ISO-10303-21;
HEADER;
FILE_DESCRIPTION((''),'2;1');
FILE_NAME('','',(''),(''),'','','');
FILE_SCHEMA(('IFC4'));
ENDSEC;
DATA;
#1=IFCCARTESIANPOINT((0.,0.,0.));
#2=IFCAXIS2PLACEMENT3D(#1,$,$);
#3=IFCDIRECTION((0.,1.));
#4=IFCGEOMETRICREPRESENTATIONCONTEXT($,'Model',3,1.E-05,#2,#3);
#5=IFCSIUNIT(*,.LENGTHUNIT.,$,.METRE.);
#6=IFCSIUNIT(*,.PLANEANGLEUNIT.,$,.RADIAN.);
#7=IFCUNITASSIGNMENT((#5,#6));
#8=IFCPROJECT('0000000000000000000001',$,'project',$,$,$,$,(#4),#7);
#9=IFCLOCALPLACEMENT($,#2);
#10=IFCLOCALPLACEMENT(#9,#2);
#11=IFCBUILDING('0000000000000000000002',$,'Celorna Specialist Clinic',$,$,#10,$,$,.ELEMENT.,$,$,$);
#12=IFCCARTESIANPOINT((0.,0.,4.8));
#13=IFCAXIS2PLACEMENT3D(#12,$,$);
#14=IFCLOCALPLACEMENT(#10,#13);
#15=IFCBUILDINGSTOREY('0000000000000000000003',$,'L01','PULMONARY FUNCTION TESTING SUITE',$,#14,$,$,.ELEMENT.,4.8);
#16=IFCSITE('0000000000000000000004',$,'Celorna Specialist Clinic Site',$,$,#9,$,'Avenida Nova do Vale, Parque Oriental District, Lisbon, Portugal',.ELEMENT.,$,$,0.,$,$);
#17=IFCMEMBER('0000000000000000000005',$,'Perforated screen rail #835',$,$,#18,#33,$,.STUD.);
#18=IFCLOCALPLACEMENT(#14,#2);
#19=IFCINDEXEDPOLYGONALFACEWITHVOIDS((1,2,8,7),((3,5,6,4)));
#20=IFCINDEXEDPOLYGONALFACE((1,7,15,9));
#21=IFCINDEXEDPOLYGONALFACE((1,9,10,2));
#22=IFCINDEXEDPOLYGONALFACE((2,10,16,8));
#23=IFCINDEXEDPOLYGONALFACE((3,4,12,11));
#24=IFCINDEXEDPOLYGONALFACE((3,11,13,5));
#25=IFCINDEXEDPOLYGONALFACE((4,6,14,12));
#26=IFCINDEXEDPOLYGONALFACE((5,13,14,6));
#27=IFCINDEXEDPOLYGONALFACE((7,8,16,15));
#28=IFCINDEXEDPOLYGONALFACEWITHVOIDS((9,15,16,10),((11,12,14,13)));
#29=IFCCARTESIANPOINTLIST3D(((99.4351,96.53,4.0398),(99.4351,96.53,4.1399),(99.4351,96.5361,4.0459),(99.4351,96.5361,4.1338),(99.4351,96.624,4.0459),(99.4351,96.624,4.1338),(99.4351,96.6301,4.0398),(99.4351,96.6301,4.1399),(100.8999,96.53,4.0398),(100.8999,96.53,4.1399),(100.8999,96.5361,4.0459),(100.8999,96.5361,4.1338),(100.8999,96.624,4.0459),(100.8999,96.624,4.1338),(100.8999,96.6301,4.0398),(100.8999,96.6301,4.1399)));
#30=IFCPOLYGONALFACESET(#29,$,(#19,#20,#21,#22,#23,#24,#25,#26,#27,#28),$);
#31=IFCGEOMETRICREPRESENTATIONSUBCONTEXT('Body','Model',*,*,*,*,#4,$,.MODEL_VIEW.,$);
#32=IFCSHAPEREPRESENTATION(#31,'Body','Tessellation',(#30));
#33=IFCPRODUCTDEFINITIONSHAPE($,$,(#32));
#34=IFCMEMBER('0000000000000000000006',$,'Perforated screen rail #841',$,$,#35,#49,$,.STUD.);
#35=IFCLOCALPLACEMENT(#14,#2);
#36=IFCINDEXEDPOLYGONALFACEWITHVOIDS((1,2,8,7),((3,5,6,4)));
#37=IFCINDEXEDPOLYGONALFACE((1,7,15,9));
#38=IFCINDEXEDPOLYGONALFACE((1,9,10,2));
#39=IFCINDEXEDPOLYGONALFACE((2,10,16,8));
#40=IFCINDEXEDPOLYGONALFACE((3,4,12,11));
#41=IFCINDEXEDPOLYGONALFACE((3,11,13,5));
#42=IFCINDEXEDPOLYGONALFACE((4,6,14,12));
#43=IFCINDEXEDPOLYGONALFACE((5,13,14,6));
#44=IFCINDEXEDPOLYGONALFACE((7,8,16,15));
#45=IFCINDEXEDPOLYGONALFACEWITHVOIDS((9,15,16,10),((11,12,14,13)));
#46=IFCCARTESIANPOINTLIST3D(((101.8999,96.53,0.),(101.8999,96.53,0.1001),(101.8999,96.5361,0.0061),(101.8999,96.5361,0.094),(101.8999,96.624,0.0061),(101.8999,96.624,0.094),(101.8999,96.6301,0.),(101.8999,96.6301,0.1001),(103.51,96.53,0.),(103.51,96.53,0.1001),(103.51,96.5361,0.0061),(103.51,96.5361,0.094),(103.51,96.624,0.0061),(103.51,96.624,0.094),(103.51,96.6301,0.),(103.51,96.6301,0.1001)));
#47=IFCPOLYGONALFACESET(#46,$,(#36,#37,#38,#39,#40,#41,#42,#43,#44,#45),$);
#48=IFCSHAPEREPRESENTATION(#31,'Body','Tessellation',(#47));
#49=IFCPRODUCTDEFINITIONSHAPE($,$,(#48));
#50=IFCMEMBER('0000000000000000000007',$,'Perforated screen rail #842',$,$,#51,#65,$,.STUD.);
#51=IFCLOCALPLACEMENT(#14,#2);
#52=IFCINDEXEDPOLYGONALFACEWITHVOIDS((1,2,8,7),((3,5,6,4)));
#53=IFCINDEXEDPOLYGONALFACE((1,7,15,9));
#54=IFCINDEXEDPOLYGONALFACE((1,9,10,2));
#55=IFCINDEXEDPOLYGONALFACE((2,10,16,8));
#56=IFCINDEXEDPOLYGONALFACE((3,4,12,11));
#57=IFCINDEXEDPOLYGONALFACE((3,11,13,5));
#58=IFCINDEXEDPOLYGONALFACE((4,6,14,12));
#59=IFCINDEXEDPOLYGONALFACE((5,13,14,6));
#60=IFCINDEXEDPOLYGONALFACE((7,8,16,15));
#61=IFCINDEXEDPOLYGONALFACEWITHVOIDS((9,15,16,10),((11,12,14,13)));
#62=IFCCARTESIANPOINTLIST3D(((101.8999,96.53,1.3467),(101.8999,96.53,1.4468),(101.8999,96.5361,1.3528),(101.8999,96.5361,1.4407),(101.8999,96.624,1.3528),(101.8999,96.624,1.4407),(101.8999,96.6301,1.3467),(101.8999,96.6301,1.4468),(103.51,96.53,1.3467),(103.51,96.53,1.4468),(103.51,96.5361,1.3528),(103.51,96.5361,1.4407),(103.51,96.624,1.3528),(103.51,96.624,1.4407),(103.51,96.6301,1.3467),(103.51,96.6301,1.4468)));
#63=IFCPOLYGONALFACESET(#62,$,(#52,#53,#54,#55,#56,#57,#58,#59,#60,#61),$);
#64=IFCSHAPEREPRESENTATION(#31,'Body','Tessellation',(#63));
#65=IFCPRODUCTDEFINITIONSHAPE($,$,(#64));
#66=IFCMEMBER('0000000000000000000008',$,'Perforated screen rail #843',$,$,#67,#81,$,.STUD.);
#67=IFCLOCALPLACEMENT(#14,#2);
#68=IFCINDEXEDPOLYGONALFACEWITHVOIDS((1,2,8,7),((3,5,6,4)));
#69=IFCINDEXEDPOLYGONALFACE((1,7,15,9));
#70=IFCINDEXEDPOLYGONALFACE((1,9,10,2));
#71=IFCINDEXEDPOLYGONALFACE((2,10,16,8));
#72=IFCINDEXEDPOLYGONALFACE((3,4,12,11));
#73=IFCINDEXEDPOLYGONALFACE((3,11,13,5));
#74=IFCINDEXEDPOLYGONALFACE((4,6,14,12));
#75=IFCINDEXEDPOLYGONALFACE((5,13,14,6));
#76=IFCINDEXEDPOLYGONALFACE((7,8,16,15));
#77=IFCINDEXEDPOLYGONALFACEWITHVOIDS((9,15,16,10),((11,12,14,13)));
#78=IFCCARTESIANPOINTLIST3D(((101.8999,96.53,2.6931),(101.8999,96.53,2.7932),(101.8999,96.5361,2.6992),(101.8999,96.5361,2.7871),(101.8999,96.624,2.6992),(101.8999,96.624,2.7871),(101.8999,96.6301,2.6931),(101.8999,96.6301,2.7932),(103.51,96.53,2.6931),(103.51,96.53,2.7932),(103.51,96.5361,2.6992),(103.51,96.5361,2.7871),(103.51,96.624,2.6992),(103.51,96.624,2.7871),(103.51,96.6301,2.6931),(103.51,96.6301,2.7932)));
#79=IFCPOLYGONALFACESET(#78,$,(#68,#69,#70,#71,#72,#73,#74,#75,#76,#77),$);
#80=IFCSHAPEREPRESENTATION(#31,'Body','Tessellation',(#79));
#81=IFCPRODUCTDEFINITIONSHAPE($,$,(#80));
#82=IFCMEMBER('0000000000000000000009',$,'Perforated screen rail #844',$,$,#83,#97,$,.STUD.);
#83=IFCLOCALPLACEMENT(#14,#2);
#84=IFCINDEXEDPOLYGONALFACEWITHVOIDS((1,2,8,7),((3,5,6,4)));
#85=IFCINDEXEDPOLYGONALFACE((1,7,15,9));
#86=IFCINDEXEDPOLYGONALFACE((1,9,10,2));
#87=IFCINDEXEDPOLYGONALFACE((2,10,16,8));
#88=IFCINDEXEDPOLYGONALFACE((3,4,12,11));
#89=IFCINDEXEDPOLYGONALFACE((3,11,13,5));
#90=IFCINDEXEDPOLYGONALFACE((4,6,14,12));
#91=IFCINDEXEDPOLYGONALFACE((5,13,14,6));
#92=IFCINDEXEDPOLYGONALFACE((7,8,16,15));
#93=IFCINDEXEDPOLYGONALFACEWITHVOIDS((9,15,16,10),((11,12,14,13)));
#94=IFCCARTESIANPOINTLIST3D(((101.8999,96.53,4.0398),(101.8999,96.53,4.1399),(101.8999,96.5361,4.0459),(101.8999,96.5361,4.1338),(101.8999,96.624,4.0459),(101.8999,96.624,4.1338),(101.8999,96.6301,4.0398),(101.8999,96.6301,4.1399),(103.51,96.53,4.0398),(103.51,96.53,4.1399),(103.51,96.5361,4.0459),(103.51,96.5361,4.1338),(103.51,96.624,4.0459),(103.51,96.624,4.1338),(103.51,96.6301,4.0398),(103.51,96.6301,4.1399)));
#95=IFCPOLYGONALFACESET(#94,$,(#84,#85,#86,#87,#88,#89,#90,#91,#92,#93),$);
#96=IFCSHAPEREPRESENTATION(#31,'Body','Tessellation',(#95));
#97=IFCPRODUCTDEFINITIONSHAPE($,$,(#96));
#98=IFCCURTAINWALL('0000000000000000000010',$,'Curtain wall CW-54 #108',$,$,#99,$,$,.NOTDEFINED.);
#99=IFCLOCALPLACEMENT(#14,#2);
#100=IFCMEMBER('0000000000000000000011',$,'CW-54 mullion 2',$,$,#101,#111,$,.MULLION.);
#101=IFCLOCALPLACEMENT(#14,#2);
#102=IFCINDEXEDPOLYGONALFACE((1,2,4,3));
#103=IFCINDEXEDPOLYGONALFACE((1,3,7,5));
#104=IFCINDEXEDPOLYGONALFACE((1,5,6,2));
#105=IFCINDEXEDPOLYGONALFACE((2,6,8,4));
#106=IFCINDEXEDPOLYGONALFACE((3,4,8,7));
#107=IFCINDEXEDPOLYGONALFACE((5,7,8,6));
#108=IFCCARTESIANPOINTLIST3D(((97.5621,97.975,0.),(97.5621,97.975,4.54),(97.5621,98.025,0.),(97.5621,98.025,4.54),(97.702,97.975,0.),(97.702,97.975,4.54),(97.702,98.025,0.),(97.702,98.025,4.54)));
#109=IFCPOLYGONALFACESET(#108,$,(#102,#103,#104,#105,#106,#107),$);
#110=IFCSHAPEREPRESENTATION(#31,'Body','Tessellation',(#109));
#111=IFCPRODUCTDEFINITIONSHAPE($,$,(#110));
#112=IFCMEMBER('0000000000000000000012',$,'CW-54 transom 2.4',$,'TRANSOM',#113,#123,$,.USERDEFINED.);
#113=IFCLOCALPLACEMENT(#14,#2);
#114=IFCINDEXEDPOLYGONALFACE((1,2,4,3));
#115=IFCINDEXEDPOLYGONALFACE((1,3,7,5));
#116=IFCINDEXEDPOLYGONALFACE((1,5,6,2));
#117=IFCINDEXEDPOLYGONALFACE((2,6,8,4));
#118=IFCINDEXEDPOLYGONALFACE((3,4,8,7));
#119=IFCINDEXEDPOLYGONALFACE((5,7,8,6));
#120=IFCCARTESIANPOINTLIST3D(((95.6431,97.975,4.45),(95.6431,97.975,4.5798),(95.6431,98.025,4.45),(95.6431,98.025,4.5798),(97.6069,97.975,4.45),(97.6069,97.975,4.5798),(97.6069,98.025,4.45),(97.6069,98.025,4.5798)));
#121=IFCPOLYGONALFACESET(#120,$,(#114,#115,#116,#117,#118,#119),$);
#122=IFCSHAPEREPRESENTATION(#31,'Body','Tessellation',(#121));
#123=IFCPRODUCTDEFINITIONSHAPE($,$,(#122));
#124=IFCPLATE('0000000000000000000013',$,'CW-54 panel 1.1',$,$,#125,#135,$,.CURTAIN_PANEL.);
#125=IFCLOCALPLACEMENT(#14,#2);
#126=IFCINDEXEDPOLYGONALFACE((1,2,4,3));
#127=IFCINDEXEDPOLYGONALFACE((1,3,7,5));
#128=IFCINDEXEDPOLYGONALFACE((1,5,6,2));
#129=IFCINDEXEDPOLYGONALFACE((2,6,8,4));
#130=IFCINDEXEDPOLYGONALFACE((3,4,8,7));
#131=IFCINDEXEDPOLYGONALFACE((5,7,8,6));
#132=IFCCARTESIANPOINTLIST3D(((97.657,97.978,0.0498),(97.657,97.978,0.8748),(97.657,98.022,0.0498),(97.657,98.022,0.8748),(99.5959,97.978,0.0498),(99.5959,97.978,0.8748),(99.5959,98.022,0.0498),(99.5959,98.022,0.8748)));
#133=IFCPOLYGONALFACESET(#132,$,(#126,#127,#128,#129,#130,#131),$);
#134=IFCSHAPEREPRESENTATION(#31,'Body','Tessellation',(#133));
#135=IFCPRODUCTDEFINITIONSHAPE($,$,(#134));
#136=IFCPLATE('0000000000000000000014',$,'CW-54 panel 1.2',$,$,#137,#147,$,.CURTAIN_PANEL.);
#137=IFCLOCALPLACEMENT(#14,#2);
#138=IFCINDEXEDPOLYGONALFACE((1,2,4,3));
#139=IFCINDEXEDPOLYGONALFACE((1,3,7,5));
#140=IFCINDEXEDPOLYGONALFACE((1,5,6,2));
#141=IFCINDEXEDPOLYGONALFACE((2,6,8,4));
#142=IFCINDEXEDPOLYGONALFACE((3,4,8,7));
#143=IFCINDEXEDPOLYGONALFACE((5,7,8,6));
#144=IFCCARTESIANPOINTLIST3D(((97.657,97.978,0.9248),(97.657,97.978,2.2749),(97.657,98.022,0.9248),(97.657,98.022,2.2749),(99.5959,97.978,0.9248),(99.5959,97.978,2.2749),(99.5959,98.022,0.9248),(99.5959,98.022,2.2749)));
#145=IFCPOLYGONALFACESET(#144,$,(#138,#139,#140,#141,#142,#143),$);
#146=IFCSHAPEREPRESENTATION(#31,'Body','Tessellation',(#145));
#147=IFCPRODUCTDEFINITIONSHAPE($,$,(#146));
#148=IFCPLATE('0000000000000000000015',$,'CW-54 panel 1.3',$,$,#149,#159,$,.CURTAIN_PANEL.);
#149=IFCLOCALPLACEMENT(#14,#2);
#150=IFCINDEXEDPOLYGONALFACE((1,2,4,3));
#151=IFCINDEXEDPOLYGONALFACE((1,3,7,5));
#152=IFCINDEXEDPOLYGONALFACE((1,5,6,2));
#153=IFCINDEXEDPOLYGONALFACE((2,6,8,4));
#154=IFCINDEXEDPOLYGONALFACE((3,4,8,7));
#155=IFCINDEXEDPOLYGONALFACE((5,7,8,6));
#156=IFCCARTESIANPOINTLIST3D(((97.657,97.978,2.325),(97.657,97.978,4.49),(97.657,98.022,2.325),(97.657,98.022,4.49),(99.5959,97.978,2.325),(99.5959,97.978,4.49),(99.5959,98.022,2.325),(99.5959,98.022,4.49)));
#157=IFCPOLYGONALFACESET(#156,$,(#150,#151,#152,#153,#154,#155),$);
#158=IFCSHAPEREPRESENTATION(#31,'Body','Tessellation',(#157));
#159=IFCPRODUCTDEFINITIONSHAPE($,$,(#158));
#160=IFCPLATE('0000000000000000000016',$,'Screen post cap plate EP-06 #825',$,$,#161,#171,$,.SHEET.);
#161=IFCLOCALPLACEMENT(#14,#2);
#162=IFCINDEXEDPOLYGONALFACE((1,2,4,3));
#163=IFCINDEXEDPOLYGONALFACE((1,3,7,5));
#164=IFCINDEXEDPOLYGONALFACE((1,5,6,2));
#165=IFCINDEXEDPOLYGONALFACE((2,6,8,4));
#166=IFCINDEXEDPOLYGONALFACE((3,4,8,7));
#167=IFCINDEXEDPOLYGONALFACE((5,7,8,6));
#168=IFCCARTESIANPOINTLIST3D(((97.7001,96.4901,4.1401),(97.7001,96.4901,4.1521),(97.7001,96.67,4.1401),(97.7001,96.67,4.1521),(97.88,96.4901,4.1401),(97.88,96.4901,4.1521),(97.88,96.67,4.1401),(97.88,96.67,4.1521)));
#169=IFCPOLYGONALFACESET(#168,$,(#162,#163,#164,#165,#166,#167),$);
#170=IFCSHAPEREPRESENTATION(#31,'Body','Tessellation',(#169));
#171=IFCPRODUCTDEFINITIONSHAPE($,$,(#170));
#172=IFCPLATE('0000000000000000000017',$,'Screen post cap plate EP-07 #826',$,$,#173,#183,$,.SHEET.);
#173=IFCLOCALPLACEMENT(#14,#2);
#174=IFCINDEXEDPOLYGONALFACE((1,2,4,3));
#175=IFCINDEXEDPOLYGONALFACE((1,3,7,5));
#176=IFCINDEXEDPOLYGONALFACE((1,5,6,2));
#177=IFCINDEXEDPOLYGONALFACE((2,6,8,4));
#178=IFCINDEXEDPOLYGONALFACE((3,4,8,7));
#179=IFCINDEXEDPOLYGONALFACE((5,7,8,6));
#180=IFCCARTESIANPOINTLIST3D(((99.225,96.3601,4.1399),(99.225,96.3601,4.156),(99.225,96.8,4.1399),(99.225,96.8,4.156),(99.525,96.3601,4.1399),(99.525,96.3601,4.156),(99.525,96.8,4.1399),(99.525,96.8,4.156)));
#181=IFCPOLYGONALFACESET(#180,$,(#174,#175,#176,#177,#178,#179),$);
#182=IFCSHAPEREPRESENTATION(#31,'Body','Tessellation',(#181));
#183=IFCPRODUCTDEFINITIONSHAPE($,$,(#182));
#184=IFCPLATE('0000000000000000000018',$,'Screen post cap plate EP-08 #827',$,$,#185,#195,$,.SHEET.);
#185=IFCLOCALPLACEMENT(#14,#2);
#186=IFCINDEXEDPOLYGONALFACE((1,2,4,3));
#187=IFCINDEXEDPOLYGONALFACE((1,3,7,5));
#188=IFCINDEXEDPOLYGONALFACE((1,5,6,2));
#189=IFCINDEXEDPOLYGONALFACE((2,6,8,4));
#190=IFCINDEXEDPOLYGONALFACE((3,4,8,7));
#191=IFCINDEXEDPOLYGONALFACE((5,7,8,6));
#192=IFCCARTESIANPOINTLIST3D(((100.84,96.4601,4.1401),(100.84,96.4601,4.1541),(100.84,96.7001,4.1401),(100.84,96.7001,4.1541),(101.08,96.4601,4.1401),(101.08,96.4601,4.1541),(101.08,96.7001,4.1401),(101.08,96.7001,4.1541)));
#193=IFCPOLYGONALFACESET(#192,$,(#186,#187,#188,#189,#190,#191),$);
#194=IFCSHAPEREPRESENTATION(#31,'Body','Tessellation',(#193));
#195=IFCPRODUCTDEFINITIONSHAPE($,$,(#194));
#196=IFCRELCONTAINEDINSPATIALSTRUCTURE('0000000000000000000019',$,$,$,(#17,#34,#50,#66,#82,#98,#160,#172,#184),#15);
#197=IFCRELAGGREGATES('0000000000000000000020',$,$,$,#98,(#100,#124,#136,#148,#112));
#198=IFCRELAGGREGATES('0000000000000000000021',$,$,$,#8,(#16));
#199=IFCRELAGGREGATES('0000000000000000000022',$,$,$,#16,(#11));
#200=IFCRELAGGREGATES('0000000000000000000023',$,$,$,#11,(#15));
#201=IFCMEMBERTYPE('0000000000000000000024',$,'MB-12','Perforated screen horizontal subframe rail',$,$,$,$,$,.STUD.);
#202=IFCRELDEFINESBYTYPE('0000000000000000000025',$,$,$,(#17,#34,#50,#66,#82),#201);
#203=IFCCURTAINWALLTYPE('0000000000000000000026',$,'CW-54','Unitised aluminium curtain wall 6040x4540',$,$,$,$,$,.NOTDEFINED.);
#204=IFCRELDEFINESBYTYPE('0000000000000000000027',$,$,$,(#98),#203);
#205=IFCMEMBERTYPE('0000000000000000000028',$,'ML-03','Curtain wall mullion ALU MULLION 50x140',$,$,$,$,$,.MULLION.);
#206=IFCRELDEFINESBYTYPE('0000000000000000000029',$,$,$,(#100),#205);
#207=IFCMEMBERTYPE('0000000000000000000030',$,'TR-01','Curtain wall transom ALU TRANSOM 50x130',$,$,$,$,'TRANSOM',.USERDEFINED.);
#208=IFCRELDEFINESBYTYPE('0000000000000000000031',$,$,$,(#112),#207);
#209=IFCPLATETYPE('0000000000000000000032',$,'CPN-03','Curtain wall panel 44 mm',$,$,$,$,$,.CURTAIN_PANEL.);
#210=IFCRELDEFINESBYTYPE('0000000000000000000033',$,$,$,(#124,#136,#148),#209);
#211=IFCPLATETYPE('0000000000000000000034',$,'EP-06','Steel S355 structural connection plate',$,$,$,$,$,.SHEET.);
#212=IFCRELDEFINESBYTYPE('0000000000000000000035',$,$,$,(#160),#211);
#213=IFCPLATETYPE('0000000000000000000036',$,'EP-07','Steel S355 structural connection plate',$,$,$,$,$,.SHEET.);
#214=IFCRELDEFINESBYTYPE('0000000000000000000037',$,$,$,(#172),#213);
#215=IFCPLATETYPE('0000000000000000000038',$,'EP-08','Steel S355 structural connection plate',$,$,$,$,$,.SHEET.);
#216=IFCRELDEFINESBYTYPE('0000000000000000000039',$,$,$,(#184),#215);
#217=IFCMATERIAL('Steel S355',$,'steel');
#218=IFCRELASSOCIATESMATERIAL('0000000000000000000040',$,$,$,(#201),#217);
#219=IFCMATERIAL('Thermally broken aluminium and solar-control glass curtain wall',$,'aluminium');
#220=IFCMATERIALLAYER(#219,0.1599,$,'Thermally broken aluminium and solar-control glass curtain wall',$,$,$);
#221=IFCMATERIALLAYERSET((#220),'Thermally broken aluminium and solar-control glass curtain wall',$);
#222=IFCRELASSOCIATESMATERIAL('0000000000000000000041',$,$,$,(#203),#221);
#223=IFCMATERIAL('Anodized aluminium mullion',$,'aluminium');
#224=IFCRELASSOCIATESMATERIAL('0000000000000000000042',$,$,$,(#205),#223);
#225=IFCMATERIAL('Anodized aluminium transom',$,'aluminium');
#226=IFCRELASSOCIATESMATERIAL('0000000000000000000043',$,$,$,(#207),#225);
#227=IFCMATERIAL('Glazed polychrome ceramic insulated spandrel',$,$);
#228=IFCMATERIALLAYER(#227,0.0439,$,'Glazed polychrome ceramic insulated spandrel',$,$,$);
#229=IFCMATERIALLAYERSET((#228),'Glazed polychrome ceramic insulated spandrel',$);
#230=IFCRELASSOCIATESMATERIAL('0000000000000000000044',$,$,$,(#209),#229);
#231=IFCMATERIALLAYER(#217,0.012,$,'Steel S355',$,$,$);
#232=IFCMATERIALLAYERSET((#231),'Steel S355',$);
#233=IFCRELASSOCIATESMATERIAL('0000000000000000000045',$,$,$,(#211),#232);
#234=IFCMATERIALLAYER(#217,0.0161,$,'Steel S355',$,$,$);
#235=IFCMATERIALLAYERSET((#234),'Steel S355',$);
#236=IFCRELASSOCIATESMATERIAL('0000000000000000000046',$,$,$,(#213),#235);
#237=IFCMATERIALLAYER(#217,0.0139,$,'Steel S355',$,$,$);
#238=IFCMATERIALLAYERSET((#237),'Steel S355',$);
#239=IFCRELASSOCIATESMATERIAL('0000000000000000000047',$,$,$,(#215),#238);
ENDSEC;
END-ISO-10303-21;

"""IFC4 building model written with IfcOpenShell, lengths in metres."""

from ifc_helpers import new_model, si_unit, direction, frame, origin, origin_2d, place, context, subcontext, project, spatial, rectangle, hollow_rectangle, extrude, material, layer, layer_set, material_profile, profile_set, type_object, element, aggregate, save


model = new_model("IFC4")

# Units and contexts
model_context = context("Model", 3, precision=1e-05, world=origin(), true_north=direction((0.0, 1.0)))
body_context = subcontext(model_context, "Body", "Model", "MODEL_VIEW")
ifc_project = project(units=[si_unit("LENGTHUNIT", "METRE"), si_unit("PLANEANGLEUNIT", "RADIAN")], contexts=[model_context])

# Site, building, storey
site_placement = place(None, origin())
site = spatial("IfcSite", under=ifc_project, at=site_placement, Name="Celorna Specialist Clinic Site", LongName="Avenida Nova do Vale, Parque Oriental District, Lisbon, Portugal", CompositionType="ELEMENT", RefElevation=0.0)
building_placement = place(site_placement, origin())
building = spatial("IfcBuilding", under=site, at=building_placement, Name="Celorna Specialist Clinic", CompositionType="ELEMENT")
storey_placement = place(building_placement, frame((0.0, 0.0, 4.8)))
storey = spatial("IfcBuildingStorey", under=building, at=storey_placement, Name="L01", Description="PULMONARY FUNCTION TESTING SUITE", CompositionType="ELEMENT", Elevation=4.8)

# Shared definitions
ifc_material_1 = material(Name="Steel S355", Category="steel")

# Members
ifc_material_profile_1 = material_profile(ifc_material_1, hollow_rectangle(XDim=0.1001, YDim=0.1001, WallThickness=0.0061, at=origin_2d()), Name="SHS 100x100x6")
ifc_profile_set_1 = profile_set([ifc_material_profile_1], Name="Steel S355")
member_type_1 = type_object("IfcMemberType", Name="MB-12", Description="Perforated screen horizontal subframe rail", PredefinedType="STUD", material=ifc_profile_set_1)
for number, where, z_axis, x_axis, name in (
    (1, (99.4351, 96.5801, 4.0898), (1.0, 0.0, 0.0), (0.0, 1.0, 0.0), "Perforated screen rail #835"),
):
    element("IfcMember", number, at=place(storey_placement, frame(where, z_axis=z_axis, x_axis=x_axis)), inside=storey, type_object=member_type_1, Name=name, PredefinedType="STUD", context=body_context, shape_type="SweptSolid", body=[
        extrude(hollow_rectangle(XDim=0.1001, YDim=0.1001, WallThickness=0.0061, at=origin_2d()), origin(), (0.0, 0.0, 1.0), 1.4648),
    ])
for number, where, z_axis, x_axis, name in (
    (2, (101.8999, 96.5801, 0.05), (1.0, 0.0, 0.0), (0.0, 1.0, 0.0), "Perforated screen rail #841"),
    (3, (101.8999, 96.5801, 1.3967), (1.0, 0.0, 0.0), (0.0, 1.0, 0.0), "Perforated screen rail #842"),
    (4, (101.8999, 96.5801, 2.7432), (1.0, 0.0, 0.0), (0.0, 1.0, 0.0), "Perforated screen rail #843"),
    (5, (101.8999, 96.5801, 4.0898), (1.0, 0.0, 0.0), (0.0, 1.0, 0.0), "Perforated screen rail #844"),
):
    element("IfcMember", number, at=place(storey_placement, frame(where, z_axis=z_axis, x_axis=x_axis)), inside=storey, type_object=member_type_1, Name=name, PredefinedType="STUD", context=body_context, shape_type="SweptSolid", body=[
        extrude(hollow_rectangle(XDim=0.1001, YDim=0.1001, WallThickness=0.0061, at=origin_2d()), origin(), (0.0, 0.0, 1.0), 1.6101),
    ])

# Curtain wall, members, plates
ifc_material_2 = material(Name="Thermally broken aluminium and solar-control glass curtain wall", Category="aluminium")
ifc_layer_1 = layer(ifc_material_2, 0.1599, Name="Thermally broken aluminium and solar-control glass curtain wall")
ifc_layer_set_1 = layer_set([ifc_layer_1], Name="Thermally broken aluminium and solar-control glass curtain wall")
curtain_wall_type = type_object("IfcCurtainWallType", Name="CW-54", Description="Unitised aluminium curtain wall 6040x4540", PredefinedType="NOTDEFINED", material=ifc_layer_set_1)
curtain_wall_placement = place(storey_placement, origin())
curtain_wall = element("IfcCurtainWall", 6, at=curtain_wall_placement, inside=storey, type_object=curtain_wall_type, Name="Curtain wall CW-54 #108", PredefinedType="NOTDEFINED")
ifc_material_3 = material(Name="Anodized aluminium mullion", Category="aluminium")
ifc_material_profile_2 = material_profile(ifc_material_3, rectangle(XDim=0.05, YDim=0.1399, at=origin_2d()), Name="ALU MULLION 50x140")
ifc_profile_set_2 = profile_set([ifc_material_profile_2], Name="Anodized aluminium mullion")
member_type_2 = type_object("IfcMemberType", Name="ML-03", Description="Curtain wall mullion ALU MULLION 50x140", PredefinedType="MULLION", material=ifc_profile_set_2)
member_1_placement = place(storey_placement, frame((97.6321, 98.0, 0.0), z_axis=(0.0, 0.0, 1.0), x_axis=(0.0, -1.0, 0.0)))
member_1 = element("IfcMember", 7, at=member_1_placement, type_object=member_type_2, Name="CW-54 mullion 2", PredefinedType="MULLION", context=body_context, shape_type="SweptSolid", body=[
    extrude(rectangle(XDim=0.05, YDim=0.1399, at=origin_2d()), origin(), (0.0, 0.0, 1.0), 4.54),
])
ifc_material_4 = material(Name="Anodized aluminium transom", Category="aluminium")
ifc_material_profile_3 = material_profile(ifc_material_4, rectangle(XDim=0.05, YDim=0.1299, at=origin_2d()), Name="ALU TRANSOM 50x130")
ifc_profile_set_3 = profile_set([ifc_material_profile_3], Name="Anodized aluminium transom")
member_type_3 = type_object("IfcMemberType", Name="TR-01", Description="Curtain wall transom ALU TRANSOM 50x130", ElementType="TRANSOM", PredefinedType="USERDEFINED", material=ifc_profile_set_3)
member_2_placement = place(storey_placement, frame((97.6069, 98.0, 4.5149), z_axis=(-1.0, 0.0, 0.0), x_axis=(0.0, -1.0, 0.0)))
member_2 = element("IfcMember", 8, at=member_2_placement, type_object=member_type_3, Name="CW-54 transom 2.4", ObjectType="TRANSOM", PredefinedType="USERDEFINED", context=body_context, shape_type="SweptSolid", body=[
    extrude(rectangle(XDim=0.05, YDim=0.1299, at=origin_2d()), origin(), (0.0, 0.0, 1.0), 1.9639),
])
ifc_material_5 = material(Name="Glazed polychrome ceramic insulated spandrel")
ifc_layer_2 = layer(ifc_material_5, 0.0439, Name="Glazed polychrome ceramic insulated spandrel")
ifc_layer_set_2 = layer_set([ifc_layer_2], Name="Glazed polychrome ceramic insulated spandrel")
plate_type_1 = type_object("IfcPlateType", Name="CPN-03", Description="Curtain wall panel 44 mm", PredefinedType="CURTAIN_PANEL", material=ifc_layer_set_2)
plate_1_placement = place(storey_placement, frame((98.6265, 98.0, 0.0498), z_axis=(0.0, 0.0, 1.0), x_axis=(-1.0, 0.0, 0.0)))
plate_1 = element("IfcPlate", 9, at=plate_1_placement, type_object=plate_type_1, Name="CW-54 panel 1.1", PredefinedType="CURTAIN_PANEL", context=body_context, shape_type="SweptSolid", body=[
    extrude(rectangle(XDim=1.939, YDim=0.0439, at=origin_2d()), origin(), (0.0, 0.0, 1.0), 0.825),
])
plate_2_placement = place(storey_placement, frame((98.6265, 98.0, 0.9248), z_axis=(0.0, 0.0, 1.0), x_axis=(-1.0, 0.0, 0.0)))
plate_2 = element("IfcPlate", 10, at=plate_2_placement, type_object=plate_type_1, Name="CW-54 panel 1.2", PredefinedType="CURTAIN_PANEL", context=body_context, shape_type="SweptSolid", body=[
    extrude(rectangle(XDim=1.939, YDim=0.0439, at=origin_2d()), origin(), (0.0, 0.0, 1.0), 1.3501),
])
plate_3_placement = place(storey_placement, frame((98.6265, 98.0, 2.325), z_axis=(0.0, 0.0, 1.0), x_axis=(-1.0, 0.0, 0.0)))
plate_3 = element("IfcPlate", 11, at=plate_3_placement, type_object=plate_type_1, Name="CW-54 panel 1.3", PredefinedType="CURTAIN_PANEL", context=body_context, shape_type="SweptSolid", body=[
    extrude(rectangle(XDim=1.939, YDim=0.0439, at=origin_2d()), origin(), (0.0, 0.0, 1.0), 2.165),
])
aggregate(curtain_wall, [member_1, plate_1, plate_2, plate_3, member_2])

# Plates
ifc_layer_3 = layer(ifc_material_1, 0.012, Name="Steel S355")
ifc_layer_set_3 = layer_set([ifc_layer_3], Name="Steel S355")
plate_type_2 = type_object("IfcPlateType", Name="EP-06", Description="Steel S355 structural connection plate", PredefinedType="SHEET", material=ifc_layer_set_3)
plate_4_placement = place(storey_placement, frame((97.79, 96.5801, 4.1401), z_axis=(0.0, 0.0, 1.0), x_axis=(1.0, 0.0, 0.0)))
element("IfcPlate", 12, at=plate_4_placement, inside=storey, type_object=plate_type_2, Name="Screen post cap plate EP-06 #825", PredefinedType="SHEET", context=body_context, shape_type="SweptSolid", body=[
    extrude(rectangle(XDim=0.1799, YDim=0.1799, at=origin_2d()), origin(), (0.0, 0.0, 1.0), 0.012),
])
ifc_layer_4 = layer(ifc_material_1, 0.0161, Name="Steel S355")
ifc_layer_set_4 = layer_set([ifc_layer_4], Name="Steel S355")
plate_type_3 = type_object("IfcPlateType", Name="EP-07", Description="Steel S355 structural connection plate", PredefinedType="SHEET", material=ifc_layer_set_4)
plate_5_placement = place(storey_placement, frame((99.375, 96.5801, 4.1399), z_axis=(0.0, 0.0, 1.0), x_axis=(1.0, 0.0, 0.0)))
element("IfcPlate", 13, at=plate_5_placement, inside=storey, type_object=plate_type_3, Name="Screen post cap plate EP-07 #826", PredefinedType="SHEET", context=body_context, shape_type="SweptSolid", body=[
    extrude(rectangle(XDim=0.3, YDim=0.4399, at=origin_2d()), origin(), (0.0, 0.0, 1.0), 0.0161),
])
ifc_layer_5 = layer(ifc_material_1, 0.0139, Name="Steel S355")
ifc_layer_set_5 = layer_set([ifc_layer_5], Name="Steel S355")
plate_type_4 = type_object("IfcPlateType", Name="EP-08", Description="Steel S355 structural connection plate", PredefinedType="SHEET", material=ifc_layer_set_5)
for number, where, z_axis, x_axis, name in (
    (14, (100.96, 96.5801, 4.1401), (0.0, 0.0, 1.0), (1.0, 0.0, 0.0), "Screen post cap plate EP-08 #827"),
):
    element("IfcPlate", number, at=place(storey_placement, frame(where, z_axis=z_axis, x_axis=x_axis)), inside=storey, type_object=plate_type_4, Name=name, PredefinedType="SHEET", context=body_context, shape_type="SweptSolid", body=[
        extrude(rectangle(XDim=0.24, YDim=0.24, at=origin_2d()), origin(), (0.0, 0.0, 1.0), 0.0139),
    ])

save(model, "model.ifc")
